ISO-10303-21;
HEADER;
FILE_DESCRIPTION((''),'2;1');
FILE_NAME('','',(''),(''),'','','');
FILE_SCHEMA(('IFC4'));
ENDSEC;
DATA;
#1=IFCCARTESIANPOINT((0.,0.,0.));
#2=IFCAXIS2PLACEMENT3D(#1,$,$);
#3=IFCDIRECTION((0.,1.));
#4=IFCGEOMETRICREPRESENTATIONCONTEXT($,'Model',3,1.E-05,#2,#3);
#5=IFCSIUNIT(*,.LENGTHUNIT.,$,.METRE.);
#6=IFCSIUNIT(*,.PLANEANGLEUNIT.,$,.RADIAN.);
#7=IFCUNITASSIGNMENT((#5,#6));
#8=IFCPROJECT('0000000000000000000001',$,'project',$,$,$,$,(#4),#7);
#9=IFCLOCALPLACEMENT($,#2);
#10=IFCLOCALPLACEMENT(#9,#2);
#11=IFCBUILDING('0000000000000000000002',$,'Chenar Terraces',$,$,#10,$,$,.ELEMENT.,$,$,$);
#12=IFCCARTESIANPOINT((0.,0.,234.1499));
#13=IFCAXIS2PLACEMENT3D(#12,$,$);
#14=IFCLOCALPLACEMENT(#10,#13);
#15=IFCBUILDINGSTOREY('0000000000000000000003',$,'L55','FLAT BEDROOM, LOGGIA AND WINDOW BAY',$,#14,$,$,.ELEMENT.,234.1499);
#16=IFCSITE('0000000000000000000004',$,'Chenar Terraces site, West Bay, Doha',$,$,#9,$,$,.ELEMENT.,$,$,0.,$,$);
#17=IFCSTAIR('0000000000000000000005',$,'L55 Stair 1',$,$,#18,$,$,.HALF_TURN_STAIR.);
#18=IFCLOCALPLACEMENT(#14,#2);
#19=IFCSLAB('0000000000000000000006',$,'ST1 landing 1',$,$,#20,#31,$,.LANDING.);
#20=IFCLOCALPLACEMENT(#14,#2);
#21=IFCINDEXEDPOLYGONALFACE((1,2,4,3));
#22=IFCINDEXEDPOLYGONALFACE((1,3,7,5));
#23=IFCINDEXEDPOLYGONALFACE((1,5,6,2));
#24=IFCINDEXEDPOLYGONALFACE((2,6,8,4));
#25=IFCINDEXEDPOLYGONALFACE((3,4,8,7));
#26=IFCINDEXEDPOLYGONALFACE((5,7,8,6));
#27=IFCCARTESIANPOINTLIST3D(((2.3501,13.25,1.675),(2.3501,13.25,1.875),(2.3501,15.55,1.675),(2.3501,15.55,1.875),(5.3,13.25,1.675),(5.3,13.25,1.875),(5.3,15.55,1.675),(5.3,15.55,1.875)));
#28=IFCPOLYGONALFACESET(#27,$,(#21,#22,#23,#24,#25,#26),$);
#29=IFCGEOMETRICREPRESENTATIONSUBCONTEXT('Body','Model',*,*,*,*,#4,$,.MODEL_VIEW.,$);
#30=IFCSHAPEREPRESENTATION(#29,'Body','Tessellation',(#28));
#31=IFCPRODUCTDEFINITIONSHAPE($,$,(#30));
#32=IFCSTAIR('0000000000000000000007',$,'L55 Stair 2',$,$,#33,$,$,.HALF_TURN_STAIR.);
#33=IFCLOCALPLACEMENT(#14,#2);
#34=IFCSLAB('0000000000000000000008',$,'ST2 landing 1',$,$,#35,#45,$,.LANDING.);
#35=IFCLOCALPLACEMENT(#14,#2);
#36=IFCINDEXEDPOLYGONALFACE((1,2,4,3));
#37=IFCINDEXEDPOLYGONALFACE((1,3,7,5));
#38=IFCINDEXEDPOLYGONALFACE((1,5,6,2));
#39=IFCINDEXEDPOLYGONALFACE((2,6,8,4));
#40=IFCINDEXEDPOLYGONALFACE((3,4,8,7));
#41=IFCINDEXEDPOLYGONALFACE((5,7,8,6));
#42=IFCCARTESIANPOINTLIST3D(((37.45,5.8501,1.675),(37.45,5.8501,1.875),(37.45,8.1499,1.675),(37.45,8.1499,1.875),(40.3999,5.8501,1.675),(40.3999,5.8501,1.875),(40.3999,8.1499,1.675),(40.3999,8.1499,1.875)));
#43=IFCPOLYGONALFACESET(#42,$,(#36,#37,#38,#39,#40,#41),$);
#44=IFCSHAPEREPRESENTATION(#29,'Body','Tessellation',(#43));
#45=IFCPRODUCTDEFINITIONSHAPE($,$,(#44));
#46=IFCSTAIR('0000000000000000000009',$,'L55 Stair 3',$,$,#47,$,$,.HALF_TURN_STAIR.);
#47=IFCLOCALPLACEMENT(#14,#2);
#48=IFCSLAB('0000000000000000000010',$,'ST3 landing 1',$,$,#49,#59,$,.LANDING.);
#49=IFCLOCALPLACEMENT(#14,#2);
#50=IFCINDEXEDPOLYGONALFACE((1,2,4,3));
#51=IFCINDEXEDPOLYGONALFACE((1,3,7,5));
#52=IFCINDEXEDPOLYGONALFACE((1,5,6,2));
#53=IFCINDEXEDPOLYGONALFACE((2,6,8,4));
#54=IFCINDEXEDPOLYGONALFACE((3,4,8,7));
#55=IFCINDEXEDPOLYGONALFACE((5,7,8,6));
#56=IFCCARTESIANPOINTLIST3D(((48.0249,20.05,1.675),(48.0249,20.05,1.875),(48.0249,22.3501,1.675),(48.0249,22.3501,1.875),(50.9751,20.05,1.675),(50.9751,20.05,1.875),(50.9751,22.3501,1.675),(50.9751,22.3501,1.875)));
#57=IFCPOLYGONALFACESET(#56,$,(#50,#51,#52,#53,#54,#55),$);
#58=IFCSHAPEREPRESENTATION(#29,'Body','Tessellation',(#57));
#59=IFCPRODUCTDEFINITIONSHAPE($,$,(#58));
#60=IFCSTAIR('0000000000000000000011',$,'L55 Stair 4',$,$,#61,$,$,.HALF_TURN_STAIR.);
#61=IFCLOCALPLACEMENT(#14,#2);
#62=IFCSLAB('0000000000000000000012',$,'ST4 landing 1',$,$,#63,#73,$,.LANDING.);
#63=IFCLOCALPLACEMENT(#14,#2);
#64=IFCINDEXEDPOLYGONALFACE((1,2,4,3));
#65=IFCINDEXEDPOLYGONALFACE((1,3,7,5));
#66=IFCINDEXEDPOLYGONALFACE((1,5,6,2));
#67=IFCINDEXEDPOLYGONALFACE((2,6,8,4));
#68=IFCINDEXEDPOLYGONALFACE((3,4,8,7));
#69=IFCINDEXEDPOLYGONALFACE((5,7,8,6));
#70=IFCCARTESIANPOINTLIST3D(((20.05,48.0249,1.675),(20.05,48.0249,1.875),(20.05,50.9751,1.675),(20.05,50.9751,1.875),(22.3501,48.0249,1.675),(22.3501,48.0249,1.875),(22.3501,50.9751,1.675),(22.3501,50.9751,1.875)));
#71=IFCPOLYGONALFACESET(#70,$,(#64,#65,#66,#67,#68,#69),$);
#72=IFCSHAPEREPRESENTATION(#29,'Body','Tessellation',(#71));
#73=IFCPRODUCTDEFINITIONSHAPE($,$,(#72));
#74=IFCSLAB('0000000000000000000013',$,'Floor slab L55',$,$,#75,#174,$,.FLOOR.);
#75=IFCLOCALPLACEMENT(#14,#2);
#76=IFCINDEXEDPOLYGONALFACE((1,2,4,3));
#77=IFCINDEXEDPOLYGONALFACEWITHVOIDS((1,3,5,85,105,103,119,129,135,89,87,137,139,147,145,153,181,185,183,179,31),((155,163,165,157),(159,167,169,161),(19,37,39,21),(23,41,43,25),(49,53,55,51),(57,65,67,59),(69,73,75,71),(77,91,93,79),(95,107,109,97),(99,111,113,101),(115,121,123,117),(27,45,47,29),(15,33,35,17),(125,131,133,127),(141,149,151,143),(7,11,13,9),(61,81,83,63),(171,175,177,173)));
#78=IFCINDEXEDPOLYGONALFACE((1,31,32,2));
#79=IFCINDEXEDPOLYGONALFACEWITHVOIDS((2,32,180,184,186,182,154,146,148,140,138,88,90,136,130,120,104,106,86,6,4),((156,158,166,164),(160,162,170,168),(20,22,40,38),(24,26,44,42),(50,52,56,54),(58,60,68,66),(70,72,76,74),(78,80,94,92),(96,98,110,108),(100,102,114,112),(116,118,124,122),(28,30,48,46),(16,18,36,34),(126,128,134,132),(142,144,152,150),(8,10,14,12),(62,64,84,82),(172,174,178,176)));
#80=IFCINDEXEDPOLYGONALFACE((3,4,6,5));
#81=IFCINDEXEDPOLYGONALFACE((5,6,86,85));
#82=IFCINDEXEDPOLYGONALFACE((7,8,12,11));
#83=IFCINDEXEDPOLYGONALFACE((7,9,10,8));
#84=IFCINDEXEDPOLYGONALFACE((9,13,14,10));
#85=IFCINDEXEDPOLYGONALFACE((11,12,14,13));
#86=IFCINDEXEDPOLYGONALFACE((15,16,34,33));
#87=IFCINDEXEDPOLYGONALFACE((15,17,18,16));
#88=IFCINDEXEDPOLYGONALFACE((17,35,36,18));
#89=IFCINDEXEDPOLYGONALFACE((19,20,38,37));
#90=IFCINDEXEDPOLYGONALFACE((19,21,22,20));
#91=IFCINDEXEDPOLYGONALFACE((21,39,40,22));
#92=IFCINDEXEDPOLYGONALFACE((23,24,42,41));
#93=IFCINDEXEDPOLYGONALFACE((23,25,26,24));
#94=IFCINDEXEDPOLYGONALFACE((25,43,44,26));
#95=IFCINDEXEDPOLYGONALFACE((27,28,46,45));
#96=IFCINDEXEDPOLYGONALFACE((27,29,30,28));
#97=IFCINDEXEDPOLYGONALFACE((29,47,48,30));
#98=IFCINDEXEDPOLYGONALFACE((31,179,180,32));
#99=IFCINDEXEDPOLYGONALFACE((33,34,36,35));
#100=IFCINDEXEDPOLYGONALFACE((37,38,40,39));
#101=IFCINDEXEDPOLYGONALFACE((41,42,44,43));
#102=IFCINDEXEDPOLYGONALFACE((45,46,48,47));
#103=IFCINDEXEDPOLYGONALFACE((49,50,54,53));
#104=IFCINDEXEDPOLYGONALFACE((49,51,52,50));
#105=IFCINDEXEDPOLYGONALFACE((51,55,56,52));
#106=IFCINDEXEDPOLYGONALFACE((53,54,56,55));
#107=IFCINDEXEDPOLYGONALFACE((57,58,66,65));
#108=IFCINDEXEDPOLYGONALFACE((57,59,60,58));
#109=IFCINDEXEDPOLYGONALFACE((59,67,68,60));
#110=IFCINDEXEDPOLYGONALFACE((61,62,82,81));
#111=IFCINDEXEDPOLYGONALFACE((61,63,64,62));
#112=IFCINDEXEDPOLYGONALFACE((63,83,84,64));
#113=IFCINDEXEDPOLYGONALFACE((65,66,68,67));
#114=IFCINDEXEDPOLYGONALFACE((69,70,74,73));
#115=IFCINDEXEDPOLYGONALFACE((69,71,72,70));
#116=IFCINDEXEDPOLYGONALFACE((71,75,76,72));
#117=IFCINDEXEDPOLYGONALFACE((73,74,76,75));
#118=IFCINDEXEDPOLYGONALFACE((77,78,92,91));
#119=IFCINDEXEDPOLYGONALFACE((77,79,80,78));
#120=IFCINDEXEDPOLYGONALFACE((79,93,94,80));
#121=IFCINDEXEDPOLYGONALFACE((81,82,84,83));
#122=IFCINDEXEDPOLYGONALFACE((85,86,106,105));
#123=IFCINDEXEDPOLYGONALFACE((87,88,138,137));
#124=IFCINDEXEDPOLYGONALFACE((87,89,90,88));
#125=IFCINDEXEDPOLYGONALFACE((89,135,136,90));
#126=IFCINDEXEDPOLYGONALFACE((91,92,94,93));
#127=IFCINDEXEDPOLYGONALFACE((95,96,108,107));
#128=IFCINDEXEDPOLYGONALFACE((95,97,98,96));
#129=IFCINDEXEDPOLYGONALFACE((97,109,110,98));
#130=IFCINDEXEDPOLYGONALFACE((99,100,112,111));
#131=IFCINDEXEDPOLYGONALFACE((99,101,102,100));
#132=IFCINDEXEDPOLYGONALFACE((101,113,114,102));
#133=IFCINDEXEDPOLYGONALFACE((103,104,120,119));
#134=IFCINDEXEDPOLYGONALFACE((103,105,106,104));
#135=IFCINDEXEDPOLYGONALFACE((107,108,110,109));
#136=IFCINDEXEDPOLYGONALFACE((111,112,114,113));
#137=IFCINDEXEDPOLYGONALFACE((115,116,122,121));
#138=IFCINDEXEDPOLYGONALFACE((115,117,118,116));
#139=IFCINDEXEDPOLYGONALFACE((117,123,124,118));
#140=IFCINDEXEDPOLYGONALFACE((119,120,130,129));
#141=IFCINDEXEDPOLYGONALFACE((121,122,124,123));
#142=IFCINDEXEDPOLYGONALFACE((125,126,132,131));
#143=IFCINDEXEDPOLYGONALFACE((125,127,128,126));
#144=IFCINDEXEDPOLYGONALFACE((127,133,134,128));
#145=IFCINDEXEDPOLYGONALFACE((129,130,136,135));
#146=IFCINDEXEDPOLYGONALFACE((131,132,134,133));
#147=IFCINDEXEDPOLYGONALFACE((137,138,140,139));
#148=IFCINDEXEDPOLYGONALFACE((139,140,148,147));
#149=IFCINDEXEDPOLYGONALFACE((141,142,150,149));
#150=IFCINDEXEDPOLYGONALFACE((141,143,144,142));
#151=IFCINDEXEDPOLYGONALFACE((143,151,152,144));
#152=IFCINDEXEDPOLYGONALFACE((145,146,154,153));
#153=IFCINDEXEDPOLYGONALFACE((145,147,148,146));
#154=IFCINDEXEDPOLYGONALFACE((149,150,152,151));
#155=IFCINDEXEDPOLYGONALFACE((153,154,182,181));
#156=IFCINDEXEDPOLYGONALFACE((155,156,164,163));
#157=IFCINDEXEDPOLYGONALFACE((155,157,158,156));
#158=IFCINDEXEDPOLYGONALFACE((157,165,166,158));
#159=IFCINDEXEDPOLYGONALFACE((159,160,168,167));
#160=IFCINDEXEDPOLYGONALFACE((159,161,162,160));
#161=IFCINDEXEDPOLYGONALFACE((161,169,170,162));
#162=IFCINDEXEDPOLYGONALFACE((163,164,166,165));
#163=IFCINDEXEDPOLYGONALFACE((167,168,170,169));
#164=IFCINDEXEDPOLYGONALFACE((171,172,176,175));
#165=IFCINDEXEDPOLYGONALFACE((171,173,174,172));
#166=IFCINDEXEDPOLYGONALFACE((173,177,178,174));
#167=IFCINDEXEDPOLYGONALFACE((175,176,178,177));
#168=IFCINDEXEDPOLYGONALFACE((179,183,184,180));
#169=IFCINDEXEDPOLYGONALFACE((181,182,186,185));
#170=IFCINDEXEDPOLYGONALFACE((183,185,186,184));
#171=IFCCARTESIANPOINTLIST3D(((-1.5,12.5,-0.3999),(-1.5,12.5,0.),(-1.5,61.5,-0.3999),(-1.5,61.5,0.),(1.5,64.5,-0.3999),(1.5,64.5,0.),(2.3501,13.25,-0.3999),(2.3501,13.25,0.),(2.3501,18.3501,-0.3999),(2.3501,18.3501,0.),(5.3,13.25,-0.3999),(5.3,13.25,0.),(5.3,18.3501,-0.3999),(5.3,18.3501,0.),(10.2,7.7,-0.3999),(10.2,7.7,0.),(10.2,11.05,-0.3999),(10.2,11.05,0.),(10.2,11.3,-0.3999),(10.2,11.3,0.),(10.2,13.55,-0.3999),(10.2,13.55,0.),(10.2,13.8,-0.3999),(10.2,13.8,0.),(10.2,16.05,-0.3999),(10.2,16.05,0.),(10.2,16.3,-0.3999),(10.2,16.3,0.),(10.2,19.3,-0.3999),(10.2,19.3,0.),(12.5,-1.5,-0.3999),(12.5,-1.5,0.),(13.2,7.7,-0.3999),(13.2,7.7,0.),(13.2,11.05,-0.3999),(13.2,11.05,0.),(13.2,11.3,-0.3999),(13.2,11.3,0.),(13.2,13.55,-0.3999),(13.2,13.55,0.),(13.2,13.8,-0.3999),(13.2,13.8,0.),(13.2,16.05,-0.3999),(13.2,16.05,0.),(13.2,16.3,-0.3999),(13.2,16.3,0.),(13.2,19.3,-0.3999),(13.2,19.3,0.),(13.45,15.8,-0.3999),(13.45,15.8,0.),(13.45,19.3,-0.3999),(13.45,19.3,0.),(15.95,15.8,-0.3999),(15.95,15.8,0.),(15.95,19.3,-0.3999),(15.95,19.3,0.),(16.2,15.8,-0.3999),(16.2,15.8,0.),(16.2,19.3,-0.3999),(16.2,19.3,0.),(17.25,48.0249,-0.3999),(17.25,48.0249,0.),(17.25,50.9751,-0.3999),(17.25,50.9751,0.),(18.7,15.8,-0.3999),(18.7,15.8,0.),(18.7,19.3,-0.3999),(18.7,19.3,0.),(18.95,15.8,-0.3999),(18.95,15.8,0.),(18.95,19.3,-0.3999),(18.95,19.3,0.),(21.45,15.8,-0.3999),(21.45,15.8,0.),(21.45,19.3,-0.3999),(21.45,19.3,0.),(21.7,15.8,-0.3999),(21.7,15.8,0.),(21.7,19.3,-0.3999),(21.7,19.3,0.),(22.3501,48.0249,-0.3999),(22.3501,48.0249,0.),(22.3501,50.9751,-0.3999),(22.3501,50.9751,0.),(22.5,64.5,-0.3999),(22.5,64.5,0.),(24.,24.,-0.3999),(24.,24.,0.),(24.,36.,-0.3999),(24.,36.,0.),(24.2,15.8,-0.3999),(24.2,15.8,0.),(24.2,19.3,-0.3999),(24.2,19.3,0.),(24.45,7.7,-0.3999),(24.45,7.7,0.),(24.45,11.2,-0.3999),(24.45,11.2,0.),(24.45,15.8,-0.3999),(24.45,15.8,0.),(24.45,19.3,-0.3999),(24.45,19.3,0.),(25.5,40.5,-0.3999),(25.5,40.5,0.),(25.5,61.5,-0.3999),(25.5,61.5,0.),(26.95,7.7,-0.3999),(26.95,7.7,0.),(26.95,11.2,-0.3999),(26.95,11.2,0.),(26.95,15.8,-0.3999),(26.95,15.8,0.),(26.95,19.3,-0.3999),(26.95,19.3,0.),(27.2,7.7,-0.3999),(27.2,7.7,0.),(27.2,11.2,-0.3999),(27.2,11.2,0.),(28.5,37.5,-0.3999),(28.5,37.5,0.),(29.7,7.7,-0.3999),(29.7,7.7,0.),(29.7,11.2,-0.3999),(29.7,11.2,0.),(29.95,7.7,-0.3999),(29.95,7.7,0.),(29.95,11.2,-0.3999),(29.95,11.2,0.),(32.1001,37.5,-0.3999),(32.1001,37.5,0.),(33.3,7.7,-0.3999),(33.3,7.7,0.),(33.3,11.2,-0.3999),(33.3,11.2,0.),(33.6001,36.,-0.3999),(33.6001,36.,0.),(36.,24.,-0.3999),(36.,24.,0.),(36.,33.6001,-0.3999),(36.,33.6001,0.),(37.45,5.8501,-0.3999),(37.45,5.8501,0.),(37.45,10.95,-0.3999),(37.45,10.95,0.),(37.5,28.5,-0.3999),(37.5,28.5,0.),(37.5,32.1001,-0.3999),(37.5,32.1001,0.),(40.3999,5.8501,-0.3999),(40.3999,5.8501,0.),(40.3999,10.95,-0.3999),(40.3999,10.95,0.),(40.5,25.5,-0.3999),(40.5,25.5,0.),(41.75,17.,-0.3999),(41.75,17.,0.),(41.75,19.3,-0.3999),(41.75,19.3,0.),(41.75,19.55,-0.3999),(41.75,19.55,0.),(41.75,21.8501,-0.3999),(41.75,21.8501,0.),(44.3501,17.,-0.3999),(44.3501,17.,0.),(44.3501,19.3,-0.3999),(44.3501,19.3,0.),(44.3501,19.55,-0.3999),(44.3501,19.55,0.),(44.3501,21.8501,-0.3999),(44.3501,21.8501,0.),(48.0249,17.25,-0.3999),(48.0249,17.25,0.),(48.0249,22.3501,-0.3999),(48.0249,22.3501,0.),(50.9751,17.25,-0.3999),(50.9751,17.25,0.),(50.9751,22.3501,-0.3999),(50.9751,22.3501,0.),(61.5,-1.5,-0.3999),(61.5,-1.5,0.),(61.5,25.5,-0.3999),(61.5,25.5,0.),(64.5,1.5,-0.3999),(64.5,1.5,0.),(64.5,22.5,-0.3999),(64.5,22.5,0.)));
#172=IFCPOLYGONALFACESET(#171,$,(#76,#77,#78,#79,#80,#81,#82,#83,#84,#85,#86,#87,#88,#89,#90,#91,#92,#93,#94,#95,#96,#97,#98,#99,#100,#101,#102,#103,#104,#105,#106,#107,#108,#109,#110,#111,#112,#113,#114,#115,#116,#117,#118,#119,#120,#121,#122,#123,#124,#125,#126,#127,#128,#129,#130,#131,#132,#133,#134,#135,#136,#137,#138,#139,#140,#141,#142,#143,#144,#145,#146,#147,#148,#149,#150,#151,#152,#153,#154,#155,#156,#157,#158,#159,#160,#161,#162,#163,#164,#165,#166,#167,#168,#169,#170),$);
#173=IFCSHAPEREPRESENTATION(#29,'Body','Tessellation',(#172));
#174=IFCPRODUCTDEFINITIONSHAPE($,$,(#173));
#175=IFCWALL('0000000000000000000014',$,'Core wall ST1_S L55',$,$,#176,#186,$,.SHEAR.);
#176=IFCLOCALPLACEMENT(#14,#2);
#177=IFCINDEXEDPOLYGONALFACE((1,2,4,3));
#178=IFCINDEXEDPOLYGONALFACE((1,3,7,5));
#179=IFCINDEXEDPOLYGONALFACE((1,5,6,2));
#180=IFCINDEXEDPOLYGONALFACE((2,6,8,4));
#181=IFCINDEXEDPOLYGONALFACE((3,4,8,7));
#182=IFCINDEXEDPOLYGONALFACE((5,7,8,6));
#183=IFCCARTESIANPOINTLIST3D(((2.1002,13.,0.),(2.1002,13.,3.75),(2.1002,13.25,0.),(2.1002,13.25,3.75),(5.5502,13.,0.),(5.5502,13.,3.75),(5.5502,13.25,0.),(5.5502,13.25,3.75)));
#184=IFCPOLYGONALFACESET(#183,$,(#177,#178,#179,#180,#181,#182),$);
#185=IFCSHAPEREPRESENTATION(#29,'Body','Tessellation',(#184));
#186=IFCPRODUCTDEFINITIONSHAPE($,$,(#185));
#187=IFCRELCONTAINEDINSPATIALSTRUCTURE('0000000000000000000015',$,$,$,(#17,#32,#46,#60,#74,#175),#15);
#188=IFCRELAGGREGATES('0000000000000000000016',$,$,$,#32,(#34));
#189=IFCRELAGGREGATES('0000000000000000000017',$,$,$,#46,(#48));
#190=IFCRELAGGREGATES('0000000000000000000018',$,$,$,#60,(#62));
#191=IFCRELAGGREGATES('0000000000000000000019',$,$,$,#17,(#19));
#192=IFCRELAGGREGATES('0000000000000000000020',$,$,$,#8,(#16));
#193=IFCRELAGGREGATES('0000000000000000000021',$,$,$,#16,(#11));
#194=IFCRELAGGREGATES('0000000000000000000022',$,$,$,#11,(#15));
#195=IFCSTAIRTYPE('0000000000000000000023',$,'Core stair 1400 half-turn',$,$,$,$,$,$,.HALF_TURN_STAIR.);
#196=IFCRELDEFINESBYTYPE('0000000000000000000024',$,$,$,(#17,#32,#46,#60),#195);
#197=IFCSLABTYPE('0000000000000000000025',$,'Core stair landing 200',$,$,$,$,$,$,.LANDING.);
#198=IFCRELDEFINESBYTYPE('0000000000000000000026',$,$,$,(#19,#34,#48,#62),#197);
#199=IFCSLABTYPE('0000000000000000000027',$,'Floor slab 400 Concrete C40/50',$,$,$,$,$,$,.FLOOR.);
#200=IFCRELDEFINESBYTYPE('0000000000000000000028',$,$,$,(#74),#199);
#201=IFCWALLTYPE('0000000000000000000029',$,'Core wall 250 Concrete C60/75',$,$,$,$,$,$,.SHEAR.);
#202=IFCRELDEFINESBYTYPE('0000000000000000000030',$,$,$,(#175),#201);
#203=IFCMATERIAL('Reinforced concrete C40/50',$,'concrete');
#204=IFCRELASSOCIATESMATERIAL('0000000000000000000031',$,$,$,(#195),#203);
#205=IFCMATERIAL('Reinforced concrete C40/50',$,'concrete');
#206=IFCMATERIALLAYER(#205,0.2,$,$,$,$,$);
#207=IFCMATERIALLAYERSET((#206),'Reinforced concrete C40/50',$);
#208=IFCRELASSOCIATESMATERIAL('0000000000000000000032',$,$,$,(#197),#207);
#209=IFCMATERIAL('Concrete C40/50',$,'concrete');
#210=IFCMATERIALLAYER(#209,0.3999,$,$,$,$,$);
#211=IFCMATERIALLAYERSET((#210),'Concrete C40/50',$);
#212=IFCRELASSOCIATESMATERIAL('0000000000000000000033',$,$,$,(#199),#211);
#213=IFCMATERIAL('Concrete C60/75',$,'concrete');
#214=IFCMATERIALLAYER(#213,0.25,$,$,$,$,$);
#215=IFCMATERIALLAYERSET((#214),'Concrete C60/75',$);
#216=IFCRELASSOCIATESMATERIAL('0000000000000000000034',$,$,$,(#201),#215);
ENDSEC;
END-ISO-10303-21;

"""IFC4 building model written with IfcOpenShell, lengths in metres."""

from ifc_helpers import new_model, si_unit, direction, frame, frame_2d, origin, place, context, subcontext, project, spatial, polyline, rectangle, outline, extrude, material, layer, layer_set, type_object, element, aggregate, save


model = new_model("IFC4")

# Units and contexts
model_context = context("Model", 3, precision=1e-05, world=origin(), true_north=direction((0.0, 1.0)))
body_context = subcontext(model_context, "Body", "Model", "MODEL_VIEW")
ifc_project = project(units=[si_unit("LENGTHUNIT", "METRE"), si_unit("PLANEANGLEUNIT", "RADIAN")], contexts=[model_context])

# Site, building, storey
site_placement = place(None, origin())
site = spatial("IfcSite", under=ifc_project, at=site_placement, Name="Chenar Terraces site, West Bay, Doha", CompositionType="ELEMENT", RefElevation=0.0)
building_placement = place(site_placement, origin())
building = spatial("IfcBuilding", under=site, at=building_placement, Name="Chenar Terraces", CompositionType="ELEMENT")
storey_placement = place(building_placement, frame((0.0, 0.0, 234.1499)))
storey = spatial("IfcBuildingStorey", under=building, at=storey_placement, Name="L55", Description="FLAT BEDROOM, LOGGIA AND WINDOW BAY", CompositionType="ELEMENT", Elevation=234.1499)

# Stairs, slabs
ifc_material_1 = material(Name="Reinforced concrete C40/50", Category="concrete")
stair_type = type_object("IfcStairType", Name="Core stair 1400 half-turn", PredefinedType="HALF_TURN_STAIR", material=ifc_material_1)
placement_1 = place(storey_placement, origin())
stair_1 = element("IfcStair", 1, at=placement_1, inside=storey, type_object=stair_type, Name="L55 Stair 1", PredefinedType="HALF_TURN_STAIR")
ifc_material_2 = material(Name="Reinforced concrete C40/50", Category="concrete")
ifc_layer_1 = layer(ifc_material_2, 0.2)
ifc_layer_set_1 = layer_set([ifc_layer_1], Name="Reinforced concrete C40/50")
slab_type_1 = type_object("IfcSlabType", Name="Core stair landing 200", PredefinedType="LANDING", material=ifc_layer_set_1)
placement_2 = place(storey_placement, frame((0.0, 0.0, 1.675)))
slab_1 = element("IfcSlab", 2, at=placement_2, type_object=slab_type_1, Name="ST1 landing 1", PredefinedType="LANDING", context=body_context, shape_type="SweptSolid", body=[
    extrude(outline(polyline([(2.3501, 15.55), (2.3501, 13.25), (5.3, 13.25), (5.3, 15.55), (2.3501, 15.55)])), origin(), (0.0, 0.0, 1.0), 0.2),
])
stair_2 = element("IfcStair", 3, at=placement_1, inside=storey, type_object=stair_type, Name="L55 Stair 2", PredefinedType="HALF_TURN_STAIR")
slab_2 = element("IfcSlab", 4, at=placement_2, type_object=slab_type_1, Name="ST2 landing 1", PredefinedType="LANDING", context=body_context, shape_type="SweptSolid", body=[
    extrude(outline(polyline([(37.45, 8.1499), (37.45, 5.8501), (40.3999, 5.8501), (40.3999, 8.1499), (37.45, 8.1499)])), origin(), (0.0, 0.0, 1.0), 0.2),
])
aggregate(stair_2, [slab_2])
stair_3 = element("IfcStair", 5, at=placement_1, inside=storey, type_object=stair_type, Name="L55 Stair 3", PredefinedType="HALF_TURN_STAIR")
slab_3 = element("IfcSlab", 6, at=placement_2, type_object=slab_type_1, Name="ST3 landing 1", PredefinedType="LANDING", context=body_context, shape_type="SweptSolid", body=[
    extrude(outline(polyline([(50.9751, 20.05), (50.9751, 22.3501), (48.0249, 22.3501), (48.0249, 20.05), (50.9751, 20.05)])), origin(), (0.0, 0.0, 1.0), 0.2),
])
aggregate(stair_3, [slab_3])
stair_4 = element("IfcStair", 7, at=placement_1, inside=storey, type_object=stair_type, Name="L55 Stair 4", PredefinedType="HALF_TURN_STAIR")
slab_4 = element("IfcSlab", 8, at=placement_2, type_object=slab_type_1, Name="ST4 landing 1", PredefinedType="LANDING", context=body_context, shape_type="SweptSolid", body=[
    extrude(outline(polyline([(20.05, 48.0249), (22.3501, 48.0249), (22.3501, 50.9751), (20.05, 50.9751), (20.05, 48.0249)])), origin(), (0.0, 0.0, 1.0), 0.2),
])
aggregate(stair_4, [slab_4])

# Slab
ifc_material_3 = material(Name="Concrete C40/50", Category="concrete")
ifc_layer_2 = layer(ifc_material_3, 0.3999)
ifc_layer_set_2 = layer_set([ifc_layer_2], Name="Concrete C40/50")
slab_type_2 = type_object("IfcSlabType", Name="Floor slab 400 Concrete C40/50", PredefinedType="FLOOR", material=ifc_layer_set_2)
slab_5_placement = place(storey_placement, frame((0.0, 0.0, -0.3999)))
element("IfcSlab", 9, at=slab_5_placement, inside=storey, type_object=slab_type_2, Name="Floor slab L55", PredefinedType="FLOOR", context=body_context, shape_type="SweptSolid", body=[
    extrude(outline(polyline([(64.5, 22.5), (64.5, 1.5), (61.5, -1.5), (12.5, -1.5), (-1.5, 12.5), (-1.5, 61.5), (1.5, 64.5), (22.5, 64.5), (25.5, 61.5), (25.5, 40.5), (28.5, 37.5), (32.1001, 37.5), (33.6001, 36.0), (24.0, 36.0), (24.0, 24.0), (36.0, 24.0), (36.0, 33.6001), (37.5, 32.1001), (37.5, 28.5), (40.5, 25.5), (61.5, 25.5), (64.5, 22.5)]), holes=[polyline([(13.2, 11.05), (10.2, 11.05), (10.2, 7.7), (13.2, 7.7), (13.2, 11.05)]), polyline([(13.2, 13.55), (10.2, 13.55), (10.2, 11.3), (13.2, 11.3), (13.2, 13.55)]), polyline([(13.2, 16.05), (10.2, 16.05), (10.2, 13.8), (13.2, 13.8), (13.2, 16.05)]), polyline([(2.3501, 13.25), (5.3, 13.25), (5.3, 18.3501), (2.3501, 18.3501), (2.3501, 13.25)]), polyline([(15.95, 19.3), (13.45, 19.3), (13.45, 15.8), (15.95, 15.8), (15.95, 19.3)]), polyline([(18.7, 19.3), (16.2, 19.3), (16.2, 15.8), (18.7, 15.8), (18.7, 19.3)]), polyline([(21.45, 19.3), (18.95, 19.3), (18.95, 15.8), (21.45, 15.8), (21.45, 19.3)]), polyline([(24.2, 15.8), (24.2, 19.3), (21.7, 19.3), (21.7, 15.8), (24.2, 15.8)]), polyline([(13.2, 16.3), (13.2, 19.3), (10.2, 19.3), (10.2, 16.3), (13.2, 16.3)]), polyline([(22.3501, 48.0249), (22.3501, 50.9751), (17.25, 50.9751), (17.25, 48.0249), (22.3501, 48.0249)]), polyline([(37.45, 5.8501), (40.3999, 5.8501), (40.3999, 10.95), (37.45, 10.95), (37.45, 5.8501)]), polyline([(26.95, 11.2), (24.45, 11.2), (24.45, 7.7), (26.95, 7.7), (26.95, 11.2)]), polyline([(29.7, 7.7), (29.7, 11.2), (27.2, 11.2), (27.2, 7.7), (29.7, 7.7)]), polyline([(33.3, 7.7), (33.3, 11.2), (29.95, 11.2), (29.95, 7.7), (33.3, 7.7)]), polyline([(26.95, 19.3), (24.45, 19.3), (24.45, 15.8), (26.95, 15.8), (26.95, 19.3)]), polyline([(44.3501, 19.3), (41.75, 19.3), (41.75, 17.0), (44.3501, 17.0), (44.3501, 19.3)]), polyline([(50.9751, 22.3501), (48.0249, 22.3501), (48.0249, 17.25), (50.9751, 17.25), (50.9751, 22.3501)]), polyline([(44.3501, 19.55), (44.3501, 21.8501), (41.75, 21.8501), (41.75, 19.55), (44.3501, 19.55)])]), origin(), (0.0, 0.0, 1.0), 0.3999),
])

# Wall
ifc_material_4 = material(Name="Concrete C60/75", Category="concrete")
ifc_layer_3 = layer(ifc_material_4, 0.25)
ifc_layer_set_3 = layer_set([ifc_layer_3], Name="Concrete C60/75")
wall_type_1 = type_object("IfcWallType", Name="Core wall 250 Concrete C60/75", PredefinedType="SHEAR", material=ifc_layer_set_3)
wall_1_placement = place(storey_placement, frame((2.1001, 13.125, 0.0), z_axis=(0.0, 0.0, 1.0), x_axis=(1.0, 0.0, 0.0)))
element("IfcWall", 10, at=wall_1_placement, inside=storey, type_object=wall_type_1, Name="Core wall ST1_S L55", PredefinedType="SHEAR", context=body_context, shape_type="SweptSolid", body=[
    extrude(rectangle(XDim=3.45, YDim=0.25, at=frame_2d((1.7251, 0.0))), origin(), (0.0, 0.0, 1.0), 3.75),
])

aggregate(stair_1, [slab_1])

save(model, "model.ifc")
